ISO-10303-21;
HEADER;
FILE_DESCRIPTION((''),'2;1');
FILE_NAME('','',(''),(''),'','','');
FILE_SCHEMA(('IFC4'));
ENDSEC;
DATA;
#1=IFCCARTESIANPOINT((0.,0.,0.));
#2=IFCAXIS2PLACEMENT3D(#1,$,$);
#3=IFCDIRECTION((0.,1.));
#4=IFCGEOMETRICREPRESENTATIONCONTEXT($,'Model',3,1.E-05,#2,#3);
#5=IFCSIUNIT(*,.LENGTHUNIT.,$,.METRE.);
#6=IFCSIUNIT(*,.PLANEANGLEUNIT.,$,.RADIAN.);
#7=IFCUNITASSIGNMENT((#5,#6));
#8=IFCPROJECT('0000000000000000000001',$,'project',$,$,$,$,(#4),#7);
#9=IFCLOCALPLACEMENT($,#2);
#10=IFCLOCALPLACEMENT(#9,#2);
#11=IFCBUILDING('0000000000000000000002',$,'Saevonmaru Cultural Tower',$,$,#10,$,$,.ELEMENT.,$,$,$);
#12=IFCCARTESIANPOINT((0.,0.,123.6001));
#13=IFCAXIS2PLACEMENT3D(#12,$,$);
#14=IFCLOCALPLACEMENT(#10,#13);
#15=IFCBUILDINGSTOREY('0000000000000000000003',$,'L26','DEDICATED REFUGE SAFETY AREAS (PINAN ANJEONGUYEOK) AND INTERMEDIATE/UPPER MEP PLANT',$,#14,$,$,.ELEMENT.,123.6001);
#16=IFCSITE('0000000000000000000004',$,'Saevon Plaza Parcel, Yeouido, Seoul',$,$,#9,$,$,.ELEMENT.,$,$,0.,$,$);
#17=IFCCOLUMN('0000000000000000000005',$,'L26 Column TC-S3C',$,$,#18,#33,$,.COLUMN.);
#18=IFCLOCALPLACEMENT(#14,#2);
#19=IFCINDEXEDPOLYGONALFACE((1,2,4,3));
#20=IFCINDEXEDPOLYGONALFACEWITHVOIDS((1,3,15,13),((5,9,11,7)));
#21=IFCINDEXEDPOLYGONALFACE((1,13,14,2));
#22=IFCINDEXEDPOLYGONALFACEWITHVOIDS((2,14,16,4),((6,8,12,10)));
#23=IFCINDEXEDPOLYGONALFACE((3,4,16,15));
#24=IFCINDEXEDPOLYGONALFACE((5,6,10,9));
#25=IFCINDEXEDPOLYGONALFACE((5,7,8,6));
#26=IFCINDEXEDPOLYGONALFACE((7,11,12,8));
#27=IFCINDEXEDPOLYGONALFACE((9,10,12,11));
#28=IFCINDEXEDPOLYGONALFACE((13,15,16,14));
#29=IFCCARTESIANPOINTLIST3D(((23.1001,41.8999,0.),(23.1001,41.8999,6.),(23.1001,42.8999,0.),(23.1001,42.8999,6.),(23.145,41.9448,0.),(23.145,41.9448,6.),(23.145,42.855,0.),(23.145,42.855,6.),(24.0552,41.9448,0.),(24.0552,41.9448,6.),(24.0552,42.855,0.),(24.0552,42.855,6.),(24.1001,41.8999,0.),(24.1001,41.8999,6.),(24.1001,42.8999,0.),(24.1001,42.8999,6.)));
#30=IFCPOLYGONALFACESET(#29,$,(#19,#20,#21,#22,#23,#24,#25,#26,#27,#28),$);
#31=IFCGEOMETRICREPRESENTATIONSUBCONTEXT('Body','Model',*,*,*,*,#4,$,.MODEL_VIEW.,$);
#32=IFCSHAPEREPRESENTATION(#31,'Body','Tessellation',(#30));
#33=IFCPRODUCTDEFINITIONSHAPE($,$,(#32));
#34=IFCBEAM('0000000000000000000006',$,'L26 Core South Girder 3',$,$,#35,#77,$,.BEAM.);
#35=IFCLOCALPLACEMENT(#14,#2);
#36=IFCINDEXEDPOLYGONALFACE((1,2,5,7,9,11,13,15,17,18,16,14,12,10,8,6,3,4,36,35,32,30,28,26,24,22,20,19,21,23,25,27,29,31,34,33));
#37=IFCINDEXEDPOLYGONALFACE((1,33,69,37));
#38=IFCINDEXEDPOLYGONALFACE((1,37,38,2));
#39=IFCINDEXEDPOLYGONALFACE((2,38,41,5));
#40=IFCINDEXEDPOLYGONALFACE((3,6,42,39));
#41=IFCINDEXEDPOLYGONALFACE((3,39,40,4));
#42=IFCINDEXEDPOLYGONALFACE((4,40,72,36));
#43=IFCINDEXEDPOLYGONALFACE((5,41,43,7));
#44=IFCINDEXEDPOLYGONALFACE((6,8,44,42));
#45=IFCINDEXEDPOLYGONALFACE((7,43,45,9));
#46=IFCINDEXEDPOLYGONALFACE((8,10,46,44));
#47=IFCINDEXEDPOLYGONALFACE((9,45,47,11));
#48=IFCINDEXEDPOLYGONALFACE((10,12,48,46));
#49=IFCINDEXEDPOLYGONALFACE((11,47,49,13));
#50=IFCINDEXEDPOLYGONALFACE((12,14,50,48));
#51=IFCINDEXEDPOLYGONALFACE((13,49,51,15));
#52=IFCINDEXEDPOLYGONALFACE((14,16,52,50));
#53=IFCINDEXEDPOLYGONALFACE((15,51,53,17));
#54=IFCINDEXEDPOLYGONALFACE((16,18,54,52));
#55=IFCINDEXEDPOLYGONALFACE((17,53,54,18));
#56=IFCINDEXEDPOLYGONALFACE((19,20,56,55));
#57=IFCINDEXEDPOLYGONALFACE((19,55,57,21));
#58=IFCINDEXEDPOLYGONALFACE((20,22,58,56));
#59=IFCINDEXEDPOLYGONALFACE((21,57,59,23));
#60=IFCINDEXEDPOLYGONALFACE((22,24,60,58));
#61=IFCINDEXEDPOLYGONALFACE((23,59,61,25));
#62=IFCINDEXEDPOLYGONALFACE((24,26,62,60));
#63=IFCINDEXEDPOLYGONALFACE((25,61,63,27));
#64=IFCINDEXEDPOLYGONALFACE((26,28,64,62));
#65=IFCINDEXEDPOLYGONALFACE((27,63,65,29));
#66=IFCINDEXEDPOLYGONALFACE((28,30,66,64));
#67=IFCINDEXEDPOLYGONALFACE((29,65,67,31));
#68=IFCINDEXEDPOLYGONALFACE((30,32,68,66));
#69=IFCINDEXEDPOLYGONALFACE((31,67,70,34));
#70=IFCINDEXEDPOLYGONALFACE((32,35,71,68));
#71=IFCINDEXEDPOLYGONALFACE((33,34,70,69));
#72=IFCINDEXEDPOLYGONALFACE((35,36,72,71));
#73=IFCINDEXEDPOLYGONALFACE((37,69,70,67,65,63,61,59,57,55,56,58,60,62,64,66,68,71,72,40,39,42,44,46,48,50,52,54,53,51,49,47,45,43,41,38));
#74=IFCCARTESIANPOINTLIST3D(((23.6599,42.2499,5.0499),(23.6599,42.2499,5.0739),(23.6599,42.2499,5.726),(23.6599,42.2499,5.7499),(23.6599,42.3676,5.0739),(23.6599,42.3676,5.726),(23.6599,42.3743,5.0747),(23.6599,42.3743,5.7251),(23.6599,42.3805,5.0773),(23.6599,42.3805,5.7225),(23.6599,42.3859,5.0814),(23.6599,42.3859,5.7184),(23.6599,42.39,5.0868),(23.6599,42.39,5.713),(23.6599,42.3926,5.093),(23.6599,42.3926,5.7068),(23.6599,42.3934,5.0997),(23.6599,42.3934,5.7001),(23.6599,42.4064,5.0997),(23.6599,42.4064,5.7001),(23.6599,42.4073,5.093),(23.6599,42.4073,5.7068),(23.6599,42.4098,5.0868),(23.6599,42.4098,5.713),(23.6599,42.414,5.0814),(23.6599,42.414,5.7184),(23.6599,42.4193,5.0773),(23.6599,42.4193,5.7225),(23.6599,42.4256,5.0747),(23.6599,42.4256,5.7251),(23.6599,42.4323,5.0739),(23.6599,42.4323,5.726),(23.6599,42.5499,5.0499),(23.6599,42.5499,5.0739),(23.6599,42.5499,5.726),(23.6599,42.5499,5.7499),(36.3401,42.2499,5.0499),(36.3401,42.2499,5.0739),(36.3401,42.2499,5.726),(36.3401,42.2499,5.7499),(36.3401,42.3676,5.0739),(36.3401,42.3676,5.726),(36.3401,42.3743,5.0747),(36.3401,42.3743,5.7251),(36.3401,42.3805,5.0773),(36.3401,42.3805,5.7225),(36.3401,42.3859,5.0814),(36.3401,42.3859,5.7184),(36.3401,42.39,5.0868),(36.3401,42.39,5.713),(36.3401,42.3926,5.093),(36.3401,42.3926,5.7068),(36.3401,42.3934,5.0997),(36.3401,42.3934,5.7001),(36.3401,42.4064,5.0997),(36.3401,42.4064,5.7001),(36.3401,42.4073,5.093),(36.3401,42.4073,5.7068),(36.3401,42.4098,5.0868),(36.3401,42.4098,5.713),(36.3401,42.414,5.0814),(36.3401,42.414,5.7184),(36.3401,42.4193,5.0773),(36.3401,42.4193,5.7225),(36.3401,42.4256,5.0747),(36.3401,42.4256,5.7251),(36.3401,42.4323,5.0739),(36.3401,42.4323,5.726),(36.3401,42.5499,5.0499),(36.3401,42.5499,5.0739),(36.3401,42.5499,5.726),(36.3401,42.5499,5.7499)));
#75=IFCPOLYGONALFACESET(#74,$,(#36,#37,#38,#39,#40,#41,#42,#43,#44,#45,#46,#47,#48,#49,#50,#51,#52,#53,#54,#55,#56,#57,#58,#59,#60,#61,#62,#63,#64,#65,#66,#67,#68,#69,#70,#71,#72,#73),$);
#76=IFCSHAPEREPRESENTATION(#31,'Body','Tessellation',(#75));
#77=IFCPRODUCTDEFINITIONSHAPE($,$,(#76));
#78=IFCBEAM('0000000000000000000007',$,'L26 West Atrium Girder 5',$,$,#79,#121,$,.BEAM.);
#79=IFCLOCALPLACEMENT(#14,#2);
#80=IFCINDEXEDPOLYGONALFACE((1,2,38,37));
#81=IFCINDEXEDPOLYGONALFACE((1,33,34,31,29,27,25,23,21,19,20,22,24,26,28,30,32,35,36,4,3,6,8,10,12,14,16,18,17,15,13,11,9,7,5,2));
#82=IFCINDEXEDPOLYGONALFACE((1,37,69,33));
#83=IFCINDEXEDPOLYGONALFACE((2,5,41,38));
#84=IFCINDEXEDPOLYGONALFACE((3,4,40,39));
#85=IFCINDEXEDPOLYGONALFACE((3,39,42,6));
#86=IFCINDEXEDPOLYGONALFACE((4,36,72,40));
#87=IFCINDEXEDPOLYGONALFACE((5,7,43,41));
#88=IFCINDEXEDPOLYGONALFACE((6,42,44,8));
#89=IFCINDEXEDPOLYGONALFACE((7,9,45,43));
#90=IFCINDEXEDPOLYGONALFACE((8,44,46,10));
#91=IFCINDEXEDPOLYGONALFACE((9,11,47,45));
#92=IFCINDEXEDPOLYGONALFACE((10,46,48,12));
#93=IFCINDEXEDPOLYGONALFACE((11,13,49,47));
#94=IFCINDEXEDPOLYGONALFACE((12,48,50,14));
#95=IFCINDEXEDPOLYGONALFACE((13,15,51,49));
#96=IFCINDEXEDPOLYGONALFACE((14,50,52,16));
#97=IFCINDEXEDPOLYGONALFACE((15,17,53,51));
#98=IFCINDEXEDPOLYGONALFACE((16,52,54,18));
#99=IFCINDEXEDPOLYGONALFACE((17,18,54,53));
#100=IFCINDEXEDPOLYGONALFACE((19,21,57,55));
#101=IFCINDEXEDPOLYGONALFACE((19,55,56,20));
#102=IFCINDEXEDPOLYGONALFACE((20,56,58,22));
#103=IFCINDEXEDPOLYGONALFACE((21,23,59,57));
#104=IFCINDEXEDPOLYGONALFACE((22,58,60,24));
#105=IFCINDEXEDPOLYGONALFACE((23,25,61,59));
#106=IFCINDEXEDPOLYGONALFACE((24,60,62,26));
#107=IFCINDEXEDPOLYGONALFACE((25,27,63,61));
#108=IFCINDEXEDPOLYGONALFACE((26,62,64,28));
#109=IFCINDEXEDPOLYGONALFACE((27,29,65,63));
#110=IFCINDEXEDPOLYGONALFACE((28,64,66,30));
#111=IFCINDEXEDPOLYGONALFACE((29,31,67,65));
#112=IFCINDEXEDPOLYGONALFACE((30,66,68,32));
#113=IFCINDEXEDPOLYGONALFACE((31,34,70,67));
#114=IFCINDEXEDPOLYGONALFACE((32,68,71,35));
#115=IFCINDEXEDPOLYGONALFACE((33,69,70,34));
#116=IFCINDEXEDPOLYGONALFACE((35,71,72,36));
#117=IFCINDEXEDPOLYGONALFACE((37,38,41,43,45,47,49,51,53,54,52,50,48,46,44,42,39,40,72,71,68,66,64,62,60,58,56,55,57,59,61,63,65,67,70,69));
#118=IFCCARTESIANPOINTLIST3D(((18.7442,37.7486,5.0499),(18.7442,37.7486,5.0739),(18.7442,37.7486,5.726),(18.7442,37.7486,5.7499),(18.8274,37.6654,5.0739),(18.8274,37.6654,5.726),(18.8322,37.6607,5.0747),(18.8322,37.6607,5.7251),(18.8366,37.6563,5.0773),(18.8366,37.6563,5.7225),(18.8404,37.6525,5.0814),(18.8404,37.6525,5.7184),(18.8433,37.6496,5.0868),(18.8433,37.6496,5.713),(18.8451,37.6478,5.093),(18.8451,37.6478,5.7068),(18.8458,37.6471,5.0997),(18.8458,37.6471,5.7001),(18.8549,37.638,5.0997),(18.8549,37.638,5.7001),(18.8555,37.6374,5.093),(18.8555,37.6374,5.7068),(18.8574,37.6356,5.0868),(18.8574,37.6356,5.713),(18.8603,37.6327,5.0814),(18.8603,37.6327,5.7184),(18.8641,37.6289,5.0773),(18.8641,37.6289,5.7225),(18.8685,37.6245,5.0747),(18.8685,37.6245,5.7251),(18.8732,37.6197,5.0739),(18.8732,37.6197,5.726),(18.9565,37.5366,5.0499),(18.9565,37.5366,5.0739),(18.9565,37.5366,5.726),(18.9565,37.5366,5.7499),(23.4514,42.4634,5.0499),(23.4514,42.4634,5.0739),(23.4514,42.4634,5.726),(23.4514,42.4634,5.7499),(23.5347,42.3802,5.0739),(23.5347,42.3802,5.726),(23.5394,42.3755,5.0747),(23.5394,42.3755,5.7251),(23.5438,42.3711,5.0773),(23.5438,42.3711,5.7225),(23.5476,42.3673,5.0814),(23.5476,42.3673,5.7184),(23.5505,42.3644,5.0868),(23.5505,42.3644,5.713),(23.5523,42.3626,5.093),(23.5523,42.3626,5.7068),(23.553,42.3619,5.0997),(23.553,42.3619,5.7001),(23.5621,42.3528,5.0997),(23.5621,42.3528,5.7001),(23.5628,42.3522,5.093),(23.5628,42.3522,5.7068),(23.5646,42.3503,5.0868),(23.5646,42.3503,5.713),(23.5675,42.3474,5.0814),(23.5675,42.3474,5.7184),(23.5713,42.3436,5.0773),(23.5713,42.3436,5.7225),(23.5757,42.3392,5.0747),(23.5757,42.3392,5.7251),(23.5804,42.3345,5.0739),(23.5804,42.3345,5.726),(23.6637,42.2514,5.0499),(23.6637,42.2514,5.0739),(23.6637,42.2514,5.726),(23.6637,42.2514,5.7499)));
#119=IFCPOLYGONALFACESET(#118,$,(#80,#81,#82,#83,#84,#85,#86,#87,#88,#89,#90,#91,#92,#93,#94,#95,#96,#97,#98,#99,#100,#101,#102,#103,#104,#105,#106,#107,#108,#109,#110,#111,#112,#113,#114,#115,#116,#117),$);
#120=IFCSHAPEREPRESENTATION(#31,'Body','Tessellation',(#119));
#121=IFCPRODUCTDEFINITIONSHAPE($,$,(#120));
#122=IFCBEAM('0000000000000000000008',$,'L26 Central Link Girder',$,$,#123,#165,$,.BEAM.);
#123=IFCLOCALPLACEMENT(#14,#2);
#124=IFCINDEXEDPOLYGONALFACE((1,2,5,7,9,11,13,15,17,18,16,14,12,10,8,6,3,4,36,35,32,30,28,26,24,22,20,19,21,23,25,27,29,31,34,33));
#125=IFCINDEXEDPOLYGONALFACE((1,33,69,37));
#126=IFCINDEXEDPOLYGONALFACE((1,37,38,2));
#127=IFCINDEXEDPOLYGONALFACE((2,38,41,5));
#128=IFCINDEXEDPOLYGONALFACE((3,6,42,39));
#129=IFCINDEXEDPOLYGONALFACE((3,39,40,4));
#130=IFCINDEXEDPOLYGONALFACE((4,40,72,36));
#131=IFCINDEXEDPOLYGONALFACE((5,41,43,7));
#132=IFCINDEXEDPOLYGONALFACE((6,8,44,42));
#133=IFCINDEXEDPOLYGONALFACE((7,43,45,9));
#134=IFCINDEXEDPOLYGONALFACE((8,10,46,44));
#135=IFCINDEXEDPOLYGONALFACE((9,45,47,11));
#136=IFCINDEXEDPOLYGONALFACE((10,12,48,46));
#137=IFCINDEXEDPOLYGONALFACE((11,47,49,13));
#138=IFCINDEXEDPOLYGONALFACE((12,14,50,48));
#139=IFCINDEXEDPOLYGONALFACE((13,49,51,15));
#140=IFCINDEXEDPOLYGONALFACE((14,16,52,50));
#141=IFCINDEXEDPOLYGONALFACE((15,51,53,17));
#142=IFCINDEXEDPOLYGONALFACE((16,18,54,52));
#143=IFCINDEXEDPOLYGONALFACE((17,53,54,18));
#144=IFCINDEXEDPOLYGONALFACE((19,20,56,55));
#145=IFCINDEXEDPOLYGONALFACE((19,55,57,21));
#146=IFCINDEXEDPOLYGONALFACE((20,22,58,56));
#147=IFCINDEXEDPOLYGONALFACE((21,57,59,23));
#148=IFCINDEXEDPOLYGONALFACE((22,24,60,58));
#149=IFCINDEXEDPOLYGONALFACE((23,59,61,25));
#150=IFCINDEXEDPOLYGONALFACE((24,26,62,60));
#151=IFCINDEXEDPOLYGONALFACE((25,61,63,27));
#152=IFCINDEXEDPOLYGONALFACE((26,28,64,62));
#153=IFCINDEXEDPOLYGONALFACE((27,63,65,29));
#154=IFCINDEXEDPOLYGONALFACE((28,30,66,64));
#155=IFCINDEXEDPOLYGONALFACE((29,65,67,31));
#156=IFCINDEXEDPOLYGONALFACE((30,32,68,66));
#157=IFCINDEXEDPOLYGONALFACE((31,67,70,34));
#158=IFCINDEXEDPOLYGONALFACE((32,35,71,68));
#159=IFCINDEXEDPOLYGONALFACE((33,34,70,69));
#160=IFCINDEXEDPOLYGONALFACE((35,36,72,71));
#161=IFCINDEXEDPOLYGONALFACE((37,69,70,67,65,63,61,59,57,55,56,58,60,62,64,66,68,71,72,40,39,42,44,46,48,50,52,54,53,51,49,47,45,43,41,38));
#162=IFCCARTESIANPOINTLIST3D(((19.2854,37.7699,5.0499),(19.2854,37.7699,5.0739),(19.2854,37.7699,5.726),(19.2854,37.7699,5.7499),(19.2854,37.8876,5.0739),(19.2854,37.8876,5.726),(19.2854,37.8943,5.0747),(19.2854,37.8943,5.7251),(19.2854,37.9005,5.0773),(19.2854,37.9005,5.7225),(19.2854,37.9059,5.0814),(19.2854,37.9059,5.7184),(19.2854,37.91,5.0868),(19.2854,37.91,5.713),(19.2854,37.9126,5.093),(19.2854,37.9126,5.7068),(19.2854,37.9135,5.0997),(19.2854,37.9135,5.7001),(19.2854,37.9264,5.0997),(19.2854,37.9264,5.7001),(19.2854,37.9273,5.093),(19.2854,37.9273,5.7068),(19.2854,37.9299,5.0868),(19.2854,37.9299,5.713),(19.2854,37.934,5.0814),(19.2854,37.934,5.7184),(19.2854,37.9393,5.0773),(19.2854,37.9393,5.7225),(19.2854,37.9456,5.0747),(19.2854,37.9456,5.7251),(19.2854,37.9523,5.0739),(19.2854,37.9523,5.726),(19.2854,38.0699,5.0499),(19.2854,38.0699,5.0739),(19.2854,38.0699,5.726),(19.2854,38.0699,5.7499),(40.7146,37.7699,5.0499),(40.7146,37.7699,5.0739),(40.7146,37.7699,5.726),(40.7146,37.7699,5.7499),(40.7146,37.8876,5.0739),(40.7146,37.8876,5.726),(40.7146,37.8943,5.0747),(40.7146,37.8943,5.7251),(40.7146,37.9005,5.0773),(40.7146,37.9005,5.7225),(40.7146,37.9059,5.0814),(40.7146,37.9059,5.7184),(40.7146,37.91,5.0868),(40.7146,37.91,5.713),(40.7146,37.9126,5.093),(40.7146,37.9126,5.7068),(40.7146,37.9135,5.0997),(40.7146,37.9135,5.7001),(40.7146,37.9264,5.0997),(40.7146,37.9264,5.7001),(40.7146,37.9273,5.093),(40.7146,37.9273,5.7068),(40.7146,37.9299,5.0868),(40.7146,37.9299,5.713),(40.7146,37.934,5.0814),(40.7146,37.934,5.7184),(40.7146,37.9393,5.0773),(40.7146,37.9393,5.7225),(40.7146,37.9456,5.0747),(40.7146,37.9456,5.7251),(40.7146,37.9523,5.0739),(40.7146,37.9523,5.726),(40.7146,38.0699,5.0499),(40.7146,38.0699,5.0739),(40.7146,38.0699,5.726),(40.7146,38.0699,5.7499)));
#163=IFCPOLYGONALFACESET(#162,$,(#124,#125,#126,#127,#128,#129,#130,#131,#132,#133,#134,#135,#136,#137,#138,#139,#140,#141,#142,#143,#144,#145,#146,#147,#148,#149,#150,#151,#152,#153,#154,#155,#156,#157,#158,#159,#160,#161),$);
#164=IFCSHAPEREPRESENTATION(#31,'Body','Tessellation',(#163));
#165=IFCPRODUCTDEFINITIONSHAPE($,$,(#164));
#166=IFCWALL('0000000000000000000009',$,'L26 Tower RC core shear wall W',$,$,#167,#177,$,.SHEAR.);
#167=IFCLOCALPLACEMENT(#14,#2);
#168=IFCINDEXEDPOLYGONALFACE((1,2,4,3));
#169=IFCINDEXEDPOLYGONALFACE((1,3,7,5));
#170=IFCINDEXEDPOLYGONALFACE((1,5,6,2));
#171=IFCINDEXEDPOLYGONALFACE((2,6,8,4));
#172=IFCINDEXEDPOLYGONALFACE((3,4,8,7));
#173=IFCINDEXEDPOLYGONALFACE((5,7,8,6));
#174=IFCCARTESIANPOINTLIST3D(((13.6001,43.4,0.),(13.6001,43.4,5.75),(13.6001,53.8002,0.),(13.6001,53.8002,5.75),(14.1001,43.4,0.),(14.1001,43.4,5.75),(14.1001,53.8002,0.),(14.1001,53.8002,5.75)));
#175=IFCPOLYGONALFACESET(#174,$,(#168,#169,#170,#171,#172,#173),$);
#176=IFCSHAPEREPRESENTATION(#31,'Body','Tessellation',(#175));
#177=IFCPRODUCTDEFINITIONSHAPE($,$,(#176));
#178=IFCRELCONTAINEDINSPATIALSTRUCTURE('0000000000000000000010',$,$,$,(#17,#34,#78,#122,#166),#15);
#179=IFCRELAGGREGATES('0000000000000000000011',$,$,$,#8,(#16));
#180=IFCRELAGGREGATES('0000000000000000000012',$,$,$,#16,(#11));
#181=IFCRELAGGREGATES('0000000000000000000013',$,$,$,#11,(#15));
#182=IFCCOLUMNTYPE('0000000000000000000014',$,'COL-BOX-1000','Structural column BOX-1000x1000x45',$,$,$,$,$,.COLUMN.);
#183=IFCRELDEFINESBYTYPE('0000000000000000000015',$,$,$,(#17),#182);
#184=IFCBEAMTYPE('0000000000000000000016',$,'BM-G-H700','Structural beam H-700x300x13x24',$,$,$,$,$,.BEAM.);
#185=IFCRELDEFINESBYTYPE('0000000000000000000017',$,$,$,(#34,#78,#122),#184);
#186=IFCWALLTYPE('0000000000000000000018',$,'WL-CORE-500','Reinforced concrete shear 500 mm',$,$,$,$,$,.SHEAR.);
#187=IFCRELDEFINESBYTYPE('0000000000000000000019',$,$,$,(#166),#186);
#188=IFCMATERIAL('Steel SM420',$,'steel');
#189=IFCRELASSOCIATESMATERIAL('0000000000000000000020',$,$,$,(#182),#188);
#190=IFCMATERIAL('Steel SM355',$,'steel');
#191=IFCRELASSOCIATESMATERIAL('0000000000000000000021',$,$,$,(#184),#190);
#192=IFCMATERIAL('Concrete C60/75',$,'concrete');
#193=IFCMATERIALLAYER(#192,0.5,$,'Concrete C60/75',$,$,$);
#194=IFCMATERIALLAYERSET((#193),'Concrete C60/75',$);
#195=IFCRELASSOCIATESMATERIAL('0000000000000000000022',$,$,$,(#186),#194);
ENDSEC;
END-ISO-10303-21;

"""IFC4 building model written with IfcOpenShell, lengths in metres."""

from ifc_helpers import new_model, si_unit, direction, frame, frame_2d, origin, origin_2d, place, context, subcontext, project, spatial, rectangle, hollow_rectangle, i_section, extrude, material, layer, layer_set, material_profile, profile_set, type_object, element, save


model = new_model("IFC4")

# Units and contexts
model_context = context("Model", 3, precision=1e-05, world=origin(), true_north=direction((0.0, 1.0)))
body_context = subcontext(model_context, "Body", "Model", "MODEL_VIEW")
ifc_project = project(units=[si_unit("LENGTHUNIT", "METRE"), si_unit("PLANEANGLEUNIT", "RADIAN")], contexts=[model_context])

# Site, building, storey
site_placement = place(None, origin())
site = spatial("IfcSite", under=ifc_project, at=site_placement, Name="Saevon Plaza Parcel, Yeouido, Seoul", CompositionType="ELEMENT", RefElevation=0.0)
building_placement = place(site_placement, origin())
building = spatial("IfcBuilding", under=site, at=building_placement, Name="Saevonmaru Cultural Tower", CompositionType="ELEMENT")
storey_placement = place(building_placement, frame((0.0, 0.0, 123.6001)))
storey = spatial("IfcBuildingStorey", under=building, at=storey_placement, Name="L26", Description="DEDICATED REFUGE SAFETY AREAS (PINAN ANJEONGUYEOK) AND INTERMEDIATE/UPPER MEP PLANT", CompositionType="ELEMENT", Elevation=123.6001)

# Column
ifc_material_1 = material(Name="Steel SM420", Category="steel")
ifc_material_profile_1 = material_profile(ifc_material_1, hollow_rectangle(XDim=1.0, YDim=1.0, WallThickness=0.0449, at=origin_2d()), Name="BOX-1000x1000x45")
ifc_profile_set_1 = profile_set([ifc_material_profile_1], Name="Steel SM420")
column_type = type_object("IfcColumnType", Name="COL-BOX-1000", Description="Structural column BOX-1000x1000x45", PredefinedType="COLUMN", material=ifc_profile_set_1)
column_placement = place(storey_placement, frame((23.6001, 42.3999, 0.0), z_axis=(0.0, 0.0, 1.0), x_axis=(1.0, 0.0, 0.0)))
element("IfcColumn", 1, at=column_placement, inside=storey, type_object=column_type, Name="L26 Column TC-S3C", PredefinedType="COLUMN", context=body_context, shape_type="SweptSolid", body=[
    extrude(hollow_rectangle(XDim=1.0, YDim=1.0, WallThickness=0.0449, at=origin_2d()), origin(), (0.0, 0.0, 1.0), 6.0),
])

# Beams
ifc_material_2 = material(Name="Steel SM355", Category="steel")
ifc_material_profile_2 = material_profile(ifc_material_2, i_section(OverallWidth=0.3, OverallDepth=0.7, WebThickness=0.0129, FlangeThickness=0.0239, FilletRadius=0.0259, at=origin_2d()), Name="H-700x300x13x24")
ifc_profile_set_2 = profile_set([ifc_material_profile_2], Name="Steel SM355")
beam_type = type_object("IfcBeamType", Name="BM-G-H700", Description="Structural beam H-700x300x13x24", PredefinedType="BEAM", material=ifc_profile_set_2)
beam_1_placement = place(storey_placement, frame((23.6599, 42.3999, 5.3999), z_axis=(1.0, 0.0, 0.0), x_axis=(0.0, 1.0, 0.0)))
element("IfcBeam", 2, at=beam_1_placement, inside=storey, type_object=beam_type, Name="L26 Core South Girder 3", PredefinedType="BEAM", context=body_context, shape_type="SweptSolid", body=[
    extrude(i_section(OverallWidth=0.3, OverallDepth=0.7, WebThickness=0.0129, FlangeThickness=0.0239, FilletRadius=0.0259, at=origin_2d()), origin(), (0.0, 0.0, 1.0), 12.6802),
])
beam_2_placement = place(storey_placement, frame((18.8503, 37.6426, 5.3999), z_axis=(0.706539, 0.707675, 0.0), x_axis=(-0.707675, 0.706539, 0.0)))
element("IfcBeam", 3, at=beam_2_placement, inside=storey, type_object=beam_type, Name="L26 West Atrium Girder 5", PredefinedType="BEAM", context=body_context, shape_type="SweptSolid", body=[
    extrude(i_section(OverallWidth=0.3, OverallDepth=0.7, WebThickness=0.0129, FlangeThickness=0.0239, FilletRadius=0.0259, at=origin_2d()), origin(), (0.0, 0.0, 1.0), 6.6624),
])
beam_3_placement = place(storey_placement, frame((19.2854, 37.9199, 5.3999), z_axis=(1.0, 0.0, 0.0), x_axis=(0.0, 1.0, 0.0)))
element("IfcBeam", 4, at=beam_3_placement, inside=storey, type_object=beam_type, Name="L26 Central Link Girder", PredefinedType="BEAM", context=body_context, shape_type="SweptSolid", body=[
    extrude(i_section(OverallWidth=0.3, OverallDepth=0.7, WebThickness=0.0129, FlangeThickness=0.0239, FilletRadius=0.0259, at=origin_2d()), origin(), (0.0, 0.0, 1.0), 21.4292),
])

# Wall
ifc_material_3 = material(Name="Concrete C60/75", Category="concrete")
ifc_layer_1 = layer(ifc_material_3, 0.5, Name="Concrete C60/75")
ifc_layer_set_1 = layer_set([ifc_layer_1], Name="Concrete C60/75")
wall_type_1 = type_object("IfcWallType", Name="WL-CORE-500", Description="Reinforced concrete shear 500 mm", PredefinedType="SHEAR", material=ifc_layer_set_1)
wall_1_placement = place(storey_placement, frame((13.8501, 43.3999, 0.0), z_axis=(0.0, 0.0, 1.0), x_axis=(0.0, 1.0, 0.0)))
element("IfcWall", 5, at=wall_1_placement, inside=storey, type_object=wall_type_1, Name="L26 Tower RC core shear wall W", PredefinedType="SHEAR", context=body_context, shape_type="SweptSolid", body=[
    extrude(rectangle(XDim=10.4001, YDim=0.5, at=frame_2d((5.2002, 0.0))), origin(), (0.0, 0.0, 1.0), 5.75),
])

save(model, "model.ifc")
